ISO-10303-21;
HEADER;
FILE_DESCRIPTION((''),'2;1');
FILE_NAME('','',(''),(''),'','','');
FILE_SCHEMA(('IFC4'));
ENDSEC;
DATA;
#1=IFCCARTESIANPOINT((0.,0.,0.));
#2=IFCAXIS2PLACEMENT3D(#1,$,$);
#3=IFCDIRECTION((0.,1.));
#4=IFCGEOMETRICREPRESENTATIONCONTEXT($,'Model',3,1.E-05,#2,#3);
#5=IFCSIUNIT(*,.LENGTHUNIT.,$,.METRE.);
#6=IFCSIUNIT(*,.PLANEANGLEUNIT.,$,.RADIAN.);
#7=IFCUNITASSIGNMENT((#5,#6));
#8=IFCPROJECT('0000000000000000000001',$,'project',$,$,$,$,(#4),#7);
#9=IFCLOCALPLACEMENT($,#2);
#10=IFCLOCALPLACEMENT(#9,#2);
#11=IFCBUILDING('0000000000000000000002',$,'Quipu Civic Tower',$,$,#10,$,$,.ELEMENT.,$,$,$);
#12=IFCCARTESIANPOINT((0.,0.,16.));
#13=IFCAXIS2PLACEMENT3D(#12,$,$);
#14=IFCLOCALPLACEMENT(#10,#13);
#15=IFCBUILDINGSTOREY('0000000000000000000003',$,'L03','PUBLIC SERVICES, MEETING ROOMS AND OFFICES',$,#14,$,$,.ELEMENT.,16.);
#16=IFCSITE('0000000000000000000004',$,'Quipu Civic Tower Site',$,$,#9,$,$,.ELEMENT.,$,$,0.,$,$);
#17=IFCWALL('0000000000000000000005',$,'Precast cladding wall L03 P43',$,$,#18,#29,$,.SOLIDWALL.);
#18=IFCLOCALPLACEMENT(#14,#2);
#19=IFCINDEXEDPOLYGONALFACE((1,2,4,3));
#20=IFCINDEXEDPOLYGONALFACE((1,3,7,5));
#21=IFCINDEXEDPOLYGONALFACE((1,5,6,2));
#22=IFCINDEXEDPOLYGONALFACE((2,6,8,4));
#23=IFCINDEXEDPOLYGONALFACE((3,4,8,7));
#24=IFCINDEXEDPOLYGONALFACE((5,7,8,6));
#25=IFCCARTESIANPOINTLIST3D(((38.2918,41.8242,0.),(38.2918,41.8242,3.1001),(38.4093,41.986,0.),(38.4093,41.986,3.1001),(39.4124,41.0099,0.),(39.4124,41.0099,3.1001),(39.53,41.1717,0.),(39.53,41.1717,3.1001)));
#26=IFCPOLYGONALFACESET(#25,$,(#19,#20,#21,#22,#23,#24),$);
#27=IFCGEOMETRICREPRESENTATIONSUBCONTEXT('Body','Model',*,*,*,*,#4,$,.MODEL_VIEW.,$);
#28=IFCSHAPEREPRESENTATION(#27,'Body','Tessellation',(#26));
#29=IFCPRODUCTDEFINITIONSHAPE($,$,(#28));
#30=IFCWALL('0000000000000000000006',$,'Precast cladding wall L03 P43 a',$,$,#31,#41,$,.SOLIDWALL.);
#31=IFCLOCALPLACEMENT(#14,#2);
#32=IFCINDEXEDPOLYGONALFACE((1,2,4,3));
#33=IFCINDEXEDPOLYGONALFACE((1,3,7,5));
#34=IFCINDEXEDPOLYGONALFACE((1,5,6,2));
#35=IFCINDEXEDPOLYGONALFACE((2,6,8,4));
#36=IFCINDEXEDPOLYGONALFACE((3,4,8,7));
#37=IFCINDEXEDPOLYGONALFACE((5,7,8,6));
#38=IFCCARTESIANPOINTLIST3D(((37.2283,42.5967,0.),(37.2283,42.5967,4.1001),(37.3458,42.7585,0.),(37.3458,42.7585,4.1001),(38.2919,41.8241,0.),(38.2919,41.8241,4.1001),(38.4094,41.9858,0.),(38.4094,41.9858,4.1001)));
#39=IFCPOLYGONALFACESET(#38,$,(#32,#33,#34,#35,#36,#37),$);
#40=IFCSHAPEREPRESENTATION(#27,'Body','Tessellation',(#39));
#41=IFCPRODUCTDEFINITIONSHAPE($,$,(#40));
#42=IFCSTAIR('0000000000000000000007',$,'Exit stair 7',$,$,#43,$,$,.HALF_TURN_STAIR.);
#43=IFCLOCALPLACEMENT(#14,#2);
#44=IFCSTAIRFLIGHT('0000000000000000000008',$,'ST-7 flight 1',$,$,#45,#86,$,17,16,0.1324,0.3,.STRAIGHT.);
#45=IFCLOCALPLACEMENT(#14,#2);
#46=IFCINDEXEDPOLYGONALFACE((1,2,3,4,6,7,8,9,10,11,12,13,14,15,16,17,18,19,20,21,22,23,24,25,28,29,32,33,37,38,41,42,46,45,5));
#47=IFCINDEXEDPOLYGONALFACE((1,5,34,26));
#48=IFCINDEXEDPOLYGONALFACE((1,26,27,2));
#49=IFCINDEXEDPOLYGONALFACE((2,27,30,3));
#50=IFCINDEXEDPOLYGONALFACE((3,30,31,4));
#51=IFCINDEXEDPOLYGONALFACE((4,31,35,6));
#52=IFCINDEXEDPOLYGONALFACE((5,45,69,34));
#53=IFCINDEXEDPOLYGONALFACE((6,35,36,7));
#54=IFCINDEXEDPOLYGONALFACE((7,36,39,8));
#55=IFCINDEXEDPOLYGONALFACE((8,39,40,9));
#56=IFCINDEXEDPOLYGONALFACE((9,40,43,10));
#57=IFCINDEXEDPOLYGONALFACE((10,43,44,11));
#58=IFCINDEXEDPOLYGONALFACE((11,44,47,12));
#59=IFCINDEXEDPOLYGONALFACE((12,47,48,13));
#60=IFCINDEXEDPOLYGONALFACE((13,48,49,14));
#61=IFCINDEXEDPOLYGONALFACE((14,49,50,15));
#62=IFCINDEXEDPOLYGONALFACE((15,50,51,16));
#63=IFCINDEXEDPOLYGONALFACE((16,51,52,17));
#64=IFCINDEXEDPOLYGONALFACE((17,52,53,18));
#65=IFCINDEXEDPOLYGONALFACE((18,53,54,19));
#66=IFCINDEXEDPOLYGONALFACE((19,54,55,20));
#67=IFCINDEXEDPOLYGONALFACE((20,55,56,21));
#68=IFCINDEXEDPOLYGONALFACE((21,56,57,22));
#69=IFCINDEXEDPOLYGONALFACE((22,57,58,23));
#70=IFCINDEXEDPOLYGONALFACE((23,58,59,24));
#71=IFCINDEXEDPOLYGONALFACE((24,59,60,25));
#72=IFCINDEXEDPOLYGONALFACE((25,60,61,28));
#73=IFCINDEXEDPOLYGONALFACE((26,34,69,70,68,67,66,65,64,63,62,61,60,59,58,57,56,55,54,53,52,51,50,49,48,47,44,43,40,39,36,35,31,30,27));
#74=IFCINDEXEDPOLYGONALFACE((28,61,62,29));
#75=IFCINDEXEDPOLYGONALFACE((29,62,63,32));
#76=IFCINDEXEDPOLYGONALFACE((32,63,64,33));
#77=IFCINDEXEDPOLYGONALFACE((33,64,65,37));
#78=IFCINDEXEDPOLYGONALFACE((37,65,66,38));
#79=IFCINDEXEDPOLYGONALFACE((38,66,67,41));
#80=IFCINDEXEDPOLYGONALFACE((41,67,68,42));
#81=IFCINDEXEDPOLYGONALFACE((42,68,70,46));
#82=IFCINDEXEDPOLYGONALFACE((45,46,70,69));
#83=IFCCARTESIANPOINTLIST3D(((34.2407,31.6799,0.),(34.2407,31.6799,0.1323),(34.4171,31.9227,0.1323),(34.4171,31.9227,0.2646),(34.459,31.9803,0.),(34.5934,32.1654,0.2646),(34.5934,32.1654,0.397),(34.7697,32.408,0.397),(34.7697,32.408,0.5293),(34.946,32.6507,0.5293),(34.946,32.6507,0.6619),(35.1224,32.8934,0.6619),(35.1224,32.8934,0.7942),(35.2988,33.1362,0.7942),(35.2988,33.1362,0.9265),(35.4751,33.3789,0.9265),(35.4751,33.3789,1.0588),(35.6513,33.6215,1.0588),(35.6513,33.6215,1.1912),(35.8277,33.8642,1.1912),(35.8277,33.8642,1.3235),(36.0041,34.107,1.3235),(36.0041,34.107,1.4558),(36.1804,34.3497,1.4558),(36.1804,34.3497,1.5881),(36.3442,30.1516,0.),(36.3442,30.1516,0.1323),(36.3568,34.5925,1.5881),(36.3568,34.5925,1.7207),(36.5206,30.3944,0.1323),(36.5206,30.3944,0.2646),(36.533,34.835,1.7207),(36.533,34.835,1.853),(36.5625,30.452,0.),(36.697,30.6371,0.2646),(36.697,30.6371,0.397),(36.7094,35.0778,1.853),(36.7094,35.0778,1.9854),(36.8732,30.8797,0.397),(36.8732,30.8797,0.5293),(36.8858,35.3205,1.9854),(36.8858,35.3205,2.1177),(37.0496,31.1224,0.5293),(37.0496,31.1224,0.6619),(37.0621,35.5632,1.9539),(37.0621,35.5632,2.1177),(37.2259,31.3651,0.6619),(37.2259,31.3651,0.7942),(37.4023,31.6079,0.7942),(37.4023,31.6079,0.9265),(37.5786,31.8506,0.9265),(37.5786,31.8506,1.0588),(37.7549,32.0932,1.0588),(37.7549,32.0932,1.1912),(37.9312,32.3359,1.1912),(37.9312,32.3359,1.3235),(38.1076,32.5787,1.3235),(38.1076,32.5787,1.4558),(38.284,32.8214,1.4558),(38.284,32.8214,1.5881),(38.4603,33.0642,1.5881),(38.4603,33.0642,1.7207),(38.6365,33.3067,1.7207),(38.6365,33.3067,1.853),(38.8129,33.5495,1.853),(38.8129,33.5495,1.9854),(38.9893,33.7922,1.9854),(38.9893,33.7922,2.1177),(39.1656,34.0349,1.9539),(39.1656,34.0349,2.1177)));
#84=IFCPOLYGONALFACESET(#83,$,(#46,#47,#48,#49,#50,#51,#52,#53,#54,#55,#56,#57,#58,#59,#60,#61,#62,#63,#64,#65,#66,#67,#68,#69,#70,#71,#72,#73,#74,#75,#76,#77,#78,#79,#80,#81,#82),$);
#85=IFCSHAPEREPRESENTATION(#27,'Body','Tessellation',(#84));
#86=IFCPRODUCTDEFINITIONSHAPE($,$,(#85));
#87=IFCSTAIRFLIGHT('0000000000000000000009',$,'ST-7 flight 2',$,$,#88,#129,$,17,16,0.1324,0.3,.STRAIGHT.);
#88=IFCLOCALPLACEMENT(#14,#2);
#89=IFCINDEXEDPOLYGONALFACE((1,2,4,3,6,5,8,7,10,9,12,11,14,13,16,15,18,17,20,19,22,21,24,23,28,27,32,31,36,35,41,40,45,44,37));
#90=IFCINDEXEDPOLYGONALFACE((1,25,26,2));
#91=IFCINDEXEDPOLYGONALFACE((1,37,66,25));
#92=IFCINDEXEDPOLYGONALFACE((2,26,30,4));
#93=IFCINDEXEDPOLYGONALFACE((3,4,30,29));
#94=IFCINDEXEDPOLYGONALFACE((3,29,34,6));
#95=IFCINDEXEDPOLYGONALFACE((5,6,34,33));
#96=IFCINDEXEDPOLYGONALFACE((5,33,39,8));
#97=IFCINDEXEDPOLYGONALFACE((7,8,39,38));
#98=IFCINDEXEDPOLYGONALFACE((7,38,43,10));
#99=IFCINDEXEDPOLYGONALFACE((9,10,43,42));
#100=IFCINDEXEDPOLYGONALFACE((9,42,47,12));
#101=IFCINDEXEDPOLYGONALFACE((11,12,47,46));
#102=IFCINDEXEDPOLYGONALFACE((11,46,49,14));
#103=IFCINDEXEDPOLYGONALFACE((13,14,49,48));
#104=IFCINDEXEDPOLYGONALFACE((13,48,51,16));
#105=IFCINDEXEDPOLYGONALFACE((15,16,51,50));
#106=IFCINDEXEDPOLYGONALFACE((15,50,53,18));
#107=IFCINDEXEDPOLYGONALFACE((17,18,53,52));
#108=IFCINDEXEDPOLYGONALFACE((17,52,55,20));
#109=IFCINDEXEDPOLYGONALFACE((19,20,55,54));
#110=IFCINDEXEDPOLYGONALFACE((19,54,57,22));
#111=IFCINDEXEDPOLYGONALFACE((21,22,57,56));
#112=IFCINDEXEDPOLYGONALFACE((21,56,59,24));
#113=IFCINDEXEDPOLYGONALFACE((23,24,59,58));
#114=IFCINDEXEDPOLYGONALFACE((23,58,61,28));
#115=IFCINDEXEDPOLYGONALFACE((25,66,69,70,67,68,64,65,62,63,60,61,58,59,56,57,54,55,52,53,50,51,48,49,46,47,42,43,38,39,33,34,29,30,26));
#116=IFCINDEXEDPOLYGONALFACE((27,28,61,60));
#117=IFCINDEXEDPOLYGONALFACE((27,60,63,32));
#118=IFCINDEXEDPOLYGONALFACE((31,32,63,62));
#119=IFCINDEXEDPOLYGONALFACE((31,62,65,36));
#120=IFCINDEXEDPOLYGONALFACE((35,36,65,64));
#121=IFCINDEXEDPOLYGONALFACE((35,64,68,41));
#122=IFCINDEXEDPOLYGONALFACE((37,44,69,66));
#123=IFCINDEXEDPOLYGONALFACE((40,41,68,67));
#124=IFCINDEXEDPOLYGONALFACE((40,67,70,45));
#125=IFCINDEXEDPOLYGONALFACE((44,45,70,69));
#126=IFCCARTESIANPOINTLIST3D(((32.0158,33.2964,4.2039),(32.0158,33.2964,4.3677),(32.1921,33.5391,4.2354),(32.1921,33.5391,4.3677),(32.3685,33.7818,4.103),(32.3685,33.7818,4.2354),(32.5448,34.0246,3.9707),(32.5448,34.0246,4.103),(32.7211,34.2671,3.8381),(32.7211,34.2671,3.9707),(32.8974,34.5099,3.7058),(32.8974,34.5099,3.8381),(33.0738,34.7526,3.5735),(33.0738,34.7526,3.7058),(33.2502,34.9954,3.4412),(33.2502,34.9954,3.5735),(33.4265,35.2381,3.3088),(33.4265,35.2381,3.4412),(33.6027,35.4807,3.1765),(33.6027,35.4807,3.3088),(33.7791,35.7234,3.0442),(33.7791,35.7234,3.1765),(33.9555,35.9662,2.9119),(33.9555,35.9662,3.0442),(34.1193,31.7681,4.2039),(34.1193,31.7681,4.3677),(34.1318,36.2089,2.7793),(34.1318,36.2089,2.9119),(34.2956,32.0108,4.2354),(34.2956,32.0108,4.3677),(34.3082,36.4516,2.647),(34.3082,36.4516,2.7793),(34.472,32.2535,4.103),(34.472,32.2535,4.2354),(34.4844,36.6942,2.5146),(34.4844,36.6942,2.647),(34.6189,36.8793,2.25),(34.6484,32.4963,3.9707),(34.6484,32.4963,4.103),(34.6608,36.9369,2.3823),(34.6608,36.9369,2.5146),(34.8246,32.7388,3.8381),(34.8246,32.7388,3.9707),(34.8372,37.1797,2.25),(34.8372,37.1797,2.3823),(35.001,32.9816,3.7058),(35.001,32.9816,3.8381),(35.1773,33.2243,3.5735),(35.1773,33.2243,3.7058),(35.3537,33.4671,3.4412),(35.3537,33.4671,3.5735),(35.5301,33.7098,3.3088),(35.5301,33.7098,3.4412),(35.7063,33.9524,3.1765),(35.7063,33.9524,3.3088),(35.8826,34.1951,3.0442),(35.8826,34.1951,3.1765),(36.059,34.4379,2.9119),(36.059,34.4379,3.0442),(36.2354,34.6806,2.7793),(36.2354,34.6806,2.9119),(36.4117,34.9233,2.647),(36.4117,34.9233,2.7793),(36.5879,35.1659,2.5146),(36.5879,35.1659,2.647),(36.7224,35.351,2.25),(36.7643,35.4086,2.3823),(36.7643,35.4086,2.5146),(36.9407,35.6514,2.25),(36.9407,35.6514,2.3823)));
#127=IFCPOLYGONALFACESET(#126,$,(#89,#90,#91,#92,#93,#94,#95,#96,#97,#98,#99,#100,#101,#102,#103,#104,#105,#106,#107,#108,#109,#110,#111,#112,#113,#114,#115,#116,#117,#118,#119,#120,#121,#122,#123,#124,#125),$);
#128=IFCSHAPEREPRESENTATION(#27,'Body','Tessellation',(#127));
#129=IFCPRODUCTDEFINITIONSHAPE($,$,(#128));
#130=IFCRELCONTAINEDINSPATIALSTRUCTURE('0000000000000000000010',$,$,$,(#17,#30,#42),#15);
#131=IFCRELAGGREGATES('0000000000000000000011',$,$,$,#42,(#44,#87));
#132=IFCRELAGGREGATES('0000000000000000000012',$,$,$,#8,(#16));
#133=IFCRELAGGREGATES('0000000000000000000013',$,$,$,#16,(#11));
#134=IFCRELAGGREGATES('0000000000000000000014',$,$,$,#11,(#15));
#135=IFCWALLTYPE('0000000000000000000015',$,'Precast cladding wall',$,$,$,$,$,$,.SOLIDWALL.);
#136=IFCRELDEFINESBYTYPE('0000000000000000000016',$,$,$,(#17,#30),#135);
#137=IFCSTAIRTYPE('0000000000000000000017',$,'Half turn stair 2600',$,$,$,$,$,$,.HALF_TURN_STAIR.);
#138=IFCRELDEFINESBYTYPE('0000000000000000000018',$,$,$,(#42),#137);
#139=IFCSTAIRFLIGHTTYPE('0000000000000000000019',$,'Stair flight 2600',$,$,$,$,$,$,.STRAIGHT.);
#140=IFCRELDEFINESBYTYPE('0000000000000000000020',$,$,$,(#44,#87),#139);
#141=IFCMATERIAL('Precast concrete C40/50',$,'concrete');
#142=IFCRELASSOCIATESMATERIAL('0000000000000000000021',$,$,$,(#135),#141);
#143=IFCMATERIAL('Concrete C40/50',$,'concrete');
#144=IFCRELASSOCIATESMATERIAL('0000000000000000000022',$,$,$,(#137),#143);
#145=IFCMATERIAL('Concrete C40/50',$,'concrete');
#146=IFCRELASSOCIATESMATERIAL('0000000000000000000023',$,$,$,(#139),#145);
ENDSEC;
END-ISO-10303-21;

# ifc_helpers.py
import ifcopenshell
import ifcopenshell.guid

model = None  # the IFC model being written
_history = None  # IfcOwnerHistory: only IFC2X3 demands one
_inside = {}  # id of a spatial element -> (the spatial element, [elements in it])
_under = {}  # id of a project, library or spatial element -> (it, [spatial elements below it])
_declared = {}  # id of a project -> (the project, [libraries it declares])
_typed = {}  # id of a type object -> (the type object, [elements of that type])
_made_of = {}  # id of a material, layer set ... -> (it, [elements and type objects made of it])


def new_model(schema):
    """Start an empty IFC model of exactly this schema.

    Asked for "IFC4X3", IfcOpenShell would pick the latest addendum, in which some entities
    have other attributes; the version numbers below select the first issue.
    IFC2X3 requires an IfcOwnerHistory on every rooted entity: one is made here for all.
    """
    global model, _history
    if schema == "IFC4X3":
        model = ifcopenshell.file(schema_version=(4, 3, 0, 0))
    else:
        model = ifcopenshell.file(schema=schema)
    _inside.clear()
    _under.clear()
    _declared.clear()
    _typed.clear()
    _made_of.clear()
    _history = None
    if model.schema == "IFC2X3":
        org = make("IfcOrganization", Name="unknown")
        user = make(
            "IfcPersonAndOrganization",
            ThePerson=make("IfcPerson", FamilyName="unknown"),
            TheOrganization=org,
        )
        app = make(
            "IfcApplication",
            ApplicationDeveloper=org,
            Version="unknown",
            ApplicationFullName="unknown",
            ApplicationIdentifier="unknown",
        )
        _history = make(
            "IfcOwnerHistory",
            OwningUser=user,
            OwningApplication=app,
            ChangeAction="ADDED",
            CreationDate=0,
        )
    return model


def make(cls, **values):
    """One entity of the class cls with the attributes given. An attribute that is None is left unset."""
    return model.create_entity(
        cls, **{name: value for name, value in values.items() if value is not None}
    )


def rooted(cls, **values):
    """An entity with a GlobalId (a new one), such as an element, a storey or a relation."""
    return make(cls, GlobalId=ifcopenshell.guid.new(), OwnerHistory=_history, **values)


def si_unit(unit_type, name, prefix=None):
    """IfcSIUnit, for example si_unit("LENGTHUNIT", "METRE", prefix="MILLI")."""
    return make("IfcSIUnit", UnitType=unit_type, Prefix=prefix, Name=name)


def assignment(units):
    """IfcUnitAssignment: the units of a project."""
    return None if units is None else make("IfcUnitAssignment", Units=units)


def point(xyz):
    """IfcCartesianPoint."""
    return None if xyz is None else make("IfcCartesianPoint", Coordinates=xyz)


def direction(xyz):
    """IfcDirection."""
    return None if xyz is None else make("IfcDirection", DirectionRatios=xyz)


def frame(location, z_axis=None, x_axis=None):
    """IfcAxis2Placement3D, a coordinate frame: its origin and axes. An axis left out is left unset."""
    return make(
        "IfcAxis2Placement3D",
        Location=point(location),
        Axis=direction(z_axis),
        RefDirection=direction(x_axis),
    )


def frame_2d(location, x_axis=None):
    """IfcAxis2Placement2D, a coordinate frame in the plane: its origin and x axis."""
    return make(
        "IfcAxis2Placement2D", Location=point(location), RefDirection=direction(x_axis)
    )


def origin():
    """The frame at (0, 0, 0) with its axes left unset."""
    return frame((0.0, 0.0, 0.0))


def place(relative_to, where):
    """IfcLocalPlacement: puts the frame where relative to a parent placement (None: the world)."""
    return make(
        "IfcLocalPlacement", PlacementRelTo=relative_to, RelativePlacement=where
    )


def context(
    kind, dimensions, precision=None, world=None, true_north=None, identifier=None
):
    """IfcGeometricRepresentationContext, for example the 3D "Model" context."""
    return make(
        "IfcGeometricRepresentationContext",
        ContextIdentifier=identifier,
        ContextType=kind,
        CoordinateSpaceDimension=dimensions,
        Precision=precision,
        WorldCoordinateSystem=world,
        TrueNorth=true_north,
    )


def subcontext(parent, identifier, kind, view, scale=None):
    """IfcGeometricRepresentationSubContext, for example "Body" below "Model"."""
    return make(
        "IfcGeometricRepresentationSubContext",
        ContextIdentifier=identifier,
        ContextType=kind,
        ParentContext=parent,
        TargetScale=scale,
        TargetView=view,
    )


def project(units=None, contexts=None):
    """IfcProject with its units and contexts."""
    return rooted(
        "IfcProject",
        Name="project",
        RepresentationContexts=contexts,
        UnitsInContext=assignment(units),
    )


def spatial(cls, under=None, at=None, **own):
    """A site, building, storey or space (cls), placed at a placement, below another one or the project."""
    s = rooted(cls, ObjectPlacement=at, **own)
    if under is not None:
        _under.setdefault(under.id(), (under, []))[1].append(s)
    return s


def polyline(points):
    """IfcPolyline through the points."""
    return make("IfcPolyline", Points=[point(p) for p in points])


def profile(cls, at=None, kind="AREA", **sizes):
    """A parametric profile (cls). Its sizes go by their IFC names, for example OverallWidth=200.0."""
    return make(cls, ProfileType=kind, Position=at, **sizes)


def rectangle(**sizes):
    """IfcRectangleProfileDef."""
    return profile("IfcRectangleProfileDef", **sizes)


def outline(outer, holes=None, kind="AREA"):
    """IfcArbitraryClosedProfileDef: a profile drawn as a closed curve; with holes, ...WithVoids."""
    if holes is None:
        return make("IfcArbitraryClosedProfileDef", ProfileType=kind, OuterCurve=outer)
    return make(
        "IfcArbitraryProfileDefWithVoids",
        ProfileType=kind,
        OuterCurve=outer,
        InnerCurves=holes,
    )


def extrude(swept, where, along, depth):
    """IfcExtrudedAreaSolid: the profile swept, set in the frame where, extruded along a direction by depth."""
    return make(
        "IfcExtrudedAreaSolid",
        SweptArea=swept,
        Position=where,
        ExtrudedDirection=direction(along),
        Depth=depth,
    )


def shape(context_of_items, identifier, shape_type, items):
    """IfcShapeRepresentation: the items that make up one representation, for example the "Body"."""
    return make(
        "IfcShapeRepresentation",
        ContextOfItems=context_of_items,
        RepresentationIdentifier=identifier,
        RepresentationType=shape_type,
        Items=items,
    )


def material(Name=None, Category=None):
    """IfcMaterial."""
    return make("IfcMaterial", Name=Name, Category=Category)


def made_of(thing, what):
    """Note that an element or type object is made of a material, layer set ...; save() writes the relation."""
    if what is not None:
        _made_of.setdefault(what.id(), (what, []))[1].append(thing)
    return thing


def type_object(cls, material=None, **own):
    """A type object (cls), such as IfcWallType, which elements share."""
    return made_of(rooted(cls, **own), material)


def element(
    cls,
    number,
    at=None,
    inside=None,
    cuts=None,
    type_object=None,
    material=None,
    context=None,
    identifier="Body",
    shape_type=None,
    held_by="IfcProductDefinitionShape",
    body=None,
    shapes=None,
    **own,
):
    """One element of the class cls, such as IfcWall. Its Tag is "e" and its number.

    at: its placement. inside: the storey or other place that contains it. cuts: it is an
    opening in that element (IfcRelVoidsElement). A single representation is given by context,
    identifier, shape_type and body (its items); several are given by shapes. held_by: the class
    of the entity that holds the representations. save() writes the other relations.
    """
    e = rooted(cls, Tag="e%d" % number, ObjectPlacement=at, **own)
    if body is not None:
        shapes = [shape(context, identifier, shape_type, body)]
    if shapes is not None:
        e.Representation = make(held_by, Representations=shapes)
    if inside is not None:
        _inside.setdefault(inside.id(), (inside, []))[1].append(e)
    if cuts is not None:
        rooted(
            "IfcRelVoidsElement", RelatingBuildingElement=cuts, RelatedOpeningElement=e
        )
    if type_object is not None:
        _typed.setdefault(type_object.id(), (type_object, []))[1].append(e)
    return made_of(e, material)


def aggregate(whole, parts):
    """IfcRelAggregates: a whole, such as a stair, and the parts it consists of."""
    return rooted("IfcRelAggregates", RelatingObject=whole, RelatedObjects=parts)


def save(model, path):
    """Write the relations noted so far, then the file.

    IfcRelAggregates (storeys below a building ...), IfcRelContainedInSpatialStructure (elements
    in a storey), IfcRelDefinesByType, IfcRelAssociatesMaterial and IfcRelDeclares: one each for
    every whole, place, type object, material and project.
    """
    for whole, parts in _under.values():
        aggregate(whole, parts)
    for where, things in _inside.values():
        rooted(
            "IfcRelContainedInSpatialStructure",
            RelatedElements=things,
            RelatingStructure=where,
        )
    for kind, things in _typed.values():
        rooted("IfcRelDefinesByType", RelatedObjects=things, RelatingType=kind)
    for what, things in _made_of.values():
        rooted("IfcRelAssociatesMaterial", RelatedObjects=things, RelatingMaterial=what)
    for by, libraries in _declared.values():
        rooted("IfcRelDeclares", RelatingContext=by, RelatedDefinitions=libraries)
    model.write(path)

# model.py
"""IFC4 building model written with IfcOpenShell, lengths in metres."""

from ifc_helpers import new_model, si_unit, direction, frame, frame_2d, origin, place, context, subcontext, project, spatial, polyline, rectangle, outline, extrude, material, type_object, element, aggregate, save


model = new_model("IFC4")

# Units and contexts
model_context = context("Model", 3, precision=1e-05, world=origin(), true_north=direction((0.0, 1.0)))
body_context = subcontext(model_context, "Body", "Model", "MODEL_VIEW")
ifc_project = project(units=[si_unit("LENGTHUNIT", "METRE"), si_unit("PLANEANGLEUNIT", "RADIAN")], contexts=[model_context])

# Site, building, storey
site_placement = place(None, origin())
site = spatial("IfcSite", under=ifc_project, at=site_placement, Name="Quipu Civic Tower Site", CompositionType="ELEMENT", RefElevation=0.0)
building_placement = place(site_placement, origin())
building = spatial("IfcBuilding", under=site, at=building_placement, Name="Quipu Civic Tower", CompositionType="ELEMENT")
storey_placement = place(building_placement, frame((0.0, 0.0, 16.0)))
storey = spatial("IfcBuildingStorey", under=building, at=storey_placement, Name="L03", Description="PUBLIC SERVICES, MEETING ROOMS AND OFFICES", CompositionType="ELEMENT", Elevation=16.0)

# Walls
ifc_material_1 = material(Name="Precast concrete C40/50", Category="concrete")
wall_type_1 = type_object("IfcWallType", Name="Precast cladding wall", PredefinedType="SOLIDWALL", material=ifc_material_1)
wall_1_placement = place(storey_placement, frame((39.4712, 41.0908, 0.0), z_axis=(0.0, 0.0, 1.0), x_axis=(-0.809003, 0.587805, 0.0)))
element("IfcWall", 1, at=wall_1_placement, inside=storey, type_object=wall_type_1, Name="Precast cladding wall L03 P43", PredefinedType="SOLIDWALL", context=body_context, shape_type="SweptSolid", body=[
    extrude(rectangle(XDim=1.3853, YDim=0.2, at=frame_2d((0.6926, 0.0))), origin(), (0.0, 0.0, 1.0), 3.1001),
])
wall_2_placement = place(storey_placement, frame((38.3506, 41.905, 0.0), z_axis=(0.0, 0.0, 1.0), x_axis=(-0.809065, 0.587719, 0.0)))
element("IfcWall", 2, at=wall_2_placement, inside=storey, type_object=wall_type_1, Name="Precast cladding wall L03 P43 a", PredefinedType="SOLIDWALL", context=body_context, shape_type="SweptSolid", body=[
    extrude(rectangle(XDim=1.3147, YDim=0.2, at=frame_2d((0.6572, 0.0))), origin(), (0.0, 0.0, 1.0), 4.1001),
])

# Stair, stair flights
ifc_material_2 = material(Name="Concrete C40/50", Category="concrete")
stair_type = type_object("IfcStairType", Name="Half turn stair 2600", PredefinedType="HALF_TURN_STAIR", material=ifc_material_2)
stair_placement = place(storey_placement, origin())
stair = element("IfcStair", 3, at=stair_placement, inside=storey, type_object=stair_type, Name="Exit stair 7", PredefinedType="HALF_TURN_STAIR")
ifc_material_3 = material(Name="Concrete C40/50", Category="concrete")
stair_flight_type = type_object("IfcStairFlightType", Name="Stair flight 2600", PredefinedType="STRAIGHT", material=ifc_material_3)
stair_flight_1_placement = place(storey_placement, frame((35.2925, 30.9158, 0.0), z_axis=(0.0, 0.0, 1.0), x_axis=(0.587785, 0.809017, 0.0)))
stair_flight_1 = element("IfcStairFlight", 4, at=stair_flight_1_placement, type_object=stair_flight_type, Name="ST-7 flight 1", NumberOfRisers=17, NumberOfTreads=16, PredefinedType="STRAIGHT", RiserHeight=0.1324, TreadLength=0.3, context=body_context, shape_type="SweptSolid", body=[
    extrude(outline(polyline([(0.0, 0.0), (0.0, 0.1323), (0.3, 0.1323), (0.3, 0.2646), (0.6001, 0.2646), (0.6001, 0.397), (0.8999, 0.397), (0.8999, 0.5293), (1.2, 0.5293), (1.2, 0.6619), (1.5, 0.6619), (1.5, 0.7942), (1.8, 0.7942), (1.8, 0.9265), (2.1001, 0.9265), (2.1001, 1.0588), (2.3999, 1.0588), (2.3999, 1.1912), (2.7, 1.1912), (2.7, 1.3235), (3.0, 1.3235), (3.0, 1.4558), (3.3, 1.4558), (3.3, 1.5881), (3.6001, 1.5881), (3.6001, 1.7207), (3.8999, 1.7207), (3.8999, 1.853), (4.2, 1.853), (4.2, 1.9854), (4.5, 1.9854), (4.5, 2.1177), (4.8, 2.1177), (4.8, 2.25), (4.8, 1.9539), (0.3713, 0.0), (0.0, 0.0)])), frame((0.0, 1.3, 0.0), z_axis=(0.0, -1.0, 0.0), x_axis=(1.0, 0.0, 0.0)), (0.0, 0.0, 1.0), 2.6001),
])
stair_flight_2_placement = place(storey_placement, frame((35.8889, 36.4155, 2.25), z_axis=(0.0, 0.0, 1.0), x_axis=(-0.587785, -0.809017, 0.0)))
stair_flight_2 = element("IfcStairFlight", 5, at=stair_flight_2_placement, type_object=stair_flight_type, Name="ST-7 flight 2", NumberOfRisers=17, NumberOfTreads=16, PredefinedType="STRAIGHT", RiserHeight=0.1324, TreadLength=0.3, context=body_context, shape_type="SweptSolid", body=[
    extrude(outline(polyline([(0.0, 0.0), (0.0, 0.1323), (0.3, 0.1323), (0.3, 0.2646), (0.6001, 0.2646), (0.6001, 0.397), (0.8999, 0.397), (0.8999, 0.5293), (1.2, 0.5293), (1.2, 0.6619), (1.5, 0.6619), (1.5, 0.7942), (1.8, 0.7942), (1.8, 0.9265), (2.1001, 0.9265), (2.1001, 1.0588), (2.3999, 1.0588), (2.3999, 1.1912), (2.7, 1.1912), (2.7, 1.3235), (3.0, 1.3235), (3.0, 1.4558), (3.3, 1.4558), (3.3, 1.5881), (3.6001, 1.5881), (3.6001, 1.7207), (3.8999, 1.7207), (3.8999, 1.853), (4.2, 1.853), (4.2, 1.9854), (4.5, 1.9854), (4.5, 2.1177), (4.8, 2.1177), (4.8, 2.25), (4.8, 1.9539), (0.3713, 0.0), (0.0, 0.0)])), frame((0.0, 1.3, 0.0), z_axis=(0.0, -1.0, 0.0), x_axis=(1.0, 0.0, 0.0)), (0.0, 0.0, 1.0), 2.6001),
])
aggregate(stair, [stair_flight_1, stair_flight_2])

save(model, "model.ifc")
